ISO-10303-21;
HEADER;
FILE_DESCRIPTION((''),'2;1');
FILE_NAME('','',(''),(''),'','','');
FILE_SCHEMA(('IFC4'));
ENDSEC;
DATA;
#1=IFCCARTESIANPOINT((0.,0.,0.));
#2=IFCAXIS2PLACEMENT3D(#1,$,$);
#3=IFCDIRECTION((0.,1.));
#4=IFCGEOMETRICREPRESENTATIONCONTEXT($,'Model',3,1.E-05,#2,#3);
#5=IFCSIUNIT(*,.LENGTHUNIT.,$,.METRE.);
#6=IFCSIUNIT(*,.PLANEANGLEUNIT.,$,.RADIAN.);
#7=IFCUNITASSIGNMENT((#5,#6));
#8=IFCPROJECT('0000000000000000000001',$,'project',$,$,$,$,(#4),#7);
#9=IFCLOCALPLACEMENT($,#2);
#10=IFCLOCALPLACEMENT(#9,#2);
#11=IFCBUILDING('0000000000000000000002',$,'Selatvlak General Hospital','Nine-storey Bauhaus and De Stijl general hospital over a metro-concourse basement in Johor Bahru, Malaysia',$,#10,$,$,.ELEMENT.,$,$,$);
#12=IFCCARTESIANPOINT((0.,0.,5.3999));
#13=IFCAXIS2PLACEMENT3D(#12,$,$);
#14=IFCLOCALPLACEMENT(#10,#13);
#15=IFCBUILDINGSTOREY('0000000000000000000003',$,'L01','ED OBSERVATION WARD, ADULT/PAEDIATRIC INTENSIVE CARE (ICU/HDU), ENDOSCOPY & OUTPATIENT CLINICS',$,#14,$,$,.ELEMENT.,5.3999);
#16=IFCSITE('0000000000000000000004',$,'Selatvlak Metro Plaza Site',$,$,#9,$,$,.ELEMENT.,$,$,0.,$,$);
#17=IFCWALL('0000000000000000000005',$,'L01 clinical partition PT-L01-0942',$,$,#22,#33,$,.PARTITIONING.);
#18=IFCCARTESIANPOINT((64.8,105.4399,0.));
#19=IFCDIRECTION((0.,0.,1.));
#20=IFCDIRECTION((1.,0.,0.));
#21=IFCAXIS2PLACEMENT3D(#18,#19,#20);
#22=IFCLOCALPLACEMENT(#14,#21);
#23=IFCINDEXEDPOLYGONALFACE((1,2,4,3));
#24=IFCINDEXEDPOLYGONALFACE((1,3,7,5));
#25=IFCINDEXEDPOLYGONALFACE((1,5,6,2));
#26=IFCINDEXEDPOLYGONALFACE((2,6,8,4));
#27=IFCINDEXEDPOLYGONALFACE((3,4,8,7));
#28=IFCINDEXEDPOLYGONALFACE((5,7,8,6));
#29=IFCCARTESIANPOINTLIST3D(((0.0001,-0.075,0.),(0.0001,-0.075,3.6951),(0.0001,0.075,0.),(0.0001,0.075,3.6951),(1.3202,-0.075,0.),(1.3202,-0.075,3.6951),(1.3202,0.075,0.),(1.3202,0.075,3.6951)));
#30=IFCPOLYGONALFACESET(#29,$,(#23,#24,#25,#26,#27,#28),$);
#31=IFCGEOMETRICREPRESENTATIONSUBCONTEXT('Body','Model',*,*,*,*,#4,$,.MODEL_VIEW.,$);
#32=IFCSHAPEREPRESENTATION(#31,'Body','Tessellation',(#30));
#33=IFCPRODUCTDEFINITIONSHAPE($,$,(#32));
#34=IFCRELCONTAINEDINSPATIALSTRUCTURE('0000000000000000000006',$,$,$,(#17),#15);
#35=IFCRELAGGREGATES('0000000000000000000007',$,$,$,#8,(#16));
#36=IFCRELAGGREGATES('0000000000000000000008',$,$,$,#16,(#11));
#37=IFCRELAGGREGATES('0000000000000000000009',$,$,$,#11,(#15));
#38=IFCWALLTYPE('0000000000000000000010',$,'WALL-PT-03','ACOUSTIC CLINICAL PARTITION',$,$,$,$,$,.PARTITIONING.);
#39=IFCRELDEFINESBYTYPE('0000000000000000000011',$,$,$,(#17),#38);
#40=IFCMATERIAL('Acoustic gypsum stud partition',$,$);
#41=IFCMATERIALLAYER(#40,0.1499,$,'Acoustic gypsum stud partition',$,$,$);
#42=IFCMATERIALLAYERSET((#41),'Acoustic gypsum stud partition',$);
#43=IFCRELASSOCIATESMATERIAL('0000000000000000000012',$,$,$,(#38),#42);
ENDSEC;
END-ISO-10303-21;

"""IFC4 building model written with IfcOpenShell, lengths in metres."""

from ifc_helpers import new_model, si_unit, direction, frame, frame_2d, origin, place, context, subcontext, project, spatial, rectangle, extrude, material, layer, layer_set, type_object, element, save


model = new_model("IFC4")

# Units and contexts
model_context = context("Model", 3, precision=1e-05, world=origin(), true_north=direction((0.0, 1.0)))
body_context = subcontext(model_context, "Body", "Model", "MODEL_VIEW")
ifc_project = project(units=[si_unit("LENGTHUNIT", "METRE"), si_unit("PLANEANGLEUNIT", "RADIAN")], contexts=[model_context])

# Site, building, storey
site_placement = place(None, origin())
site = spatial("IfcSite", under=ifc_project, at=site_placement, Name="Selatvlak Metro Plaza Site", CompositionType="ELEMENT", RefElevation=0.0)
building_placement = place(site_placement, origin())
building = spatial("IfcBuilding", under=site, at=building_placement, Name="Selatvlak General Hospital", Description="Nine-storey Bauhaus and De Stijl general hospital over a metro-concourse basement in Johor Bahru, Malaysia", CompositionType="ELEMENT")
storey_placement = place(building_placement, frame((0.0, 0.0, 5.3999)))
storey = spatial("IfcBuildingStorey", under=building, at=storey_placement, Name="L01", Description="ED OBSERVATION WARD, ADULT/PAEDIATRIC INTENSIVE CARE (ICU/HDU), ENDOSCOPY & OUTPATIENT CLINICS", CompositionType="ELEMENT", Elevation=5.3999)

# Shared definitions
ifc_material_1 = material(Name="Acoustic gypsum stud partition")
ifc_layer_1 = layer(ifc_material_1, 0.1499, Name="Acoustic gypsum stud partition")
ifc_layer_set_1 = layer_set([ifc_layer_1], Name="Acoustic gypsum stud partition")
wall_type_1 = type_object("IfcWallType", Name="WALL-PT-03", Description="ACOUSTIC CLINICAL PARTITION", PredefinedType="PARTITIONING", material=ifc_layer_set_1)

# Wall
wall_1_placement = place(storey_placement, frame((64.8, 105.4399, 0.0), z_axis=(0.0, 0.0, 1.0), x_axis=(1.0, 0.0, 0.0)))
element("IfcWall", 1, at=wall_1_placement, inside=storey, type_object=wall_type_1, Name="L01 clinical partition PT-L01-0942", PredefinedType="PARTITIONING", context=body_context, shape_type="SweptSolid", body=[
    extrude(rectangle(XDim=1.3201, YDim=0.1499, at=frame_2d((0.6602, 0.0))), origin(), (0.0, 0.0, 1.0), 3.6951),
])

save(model, "model.ifc")
